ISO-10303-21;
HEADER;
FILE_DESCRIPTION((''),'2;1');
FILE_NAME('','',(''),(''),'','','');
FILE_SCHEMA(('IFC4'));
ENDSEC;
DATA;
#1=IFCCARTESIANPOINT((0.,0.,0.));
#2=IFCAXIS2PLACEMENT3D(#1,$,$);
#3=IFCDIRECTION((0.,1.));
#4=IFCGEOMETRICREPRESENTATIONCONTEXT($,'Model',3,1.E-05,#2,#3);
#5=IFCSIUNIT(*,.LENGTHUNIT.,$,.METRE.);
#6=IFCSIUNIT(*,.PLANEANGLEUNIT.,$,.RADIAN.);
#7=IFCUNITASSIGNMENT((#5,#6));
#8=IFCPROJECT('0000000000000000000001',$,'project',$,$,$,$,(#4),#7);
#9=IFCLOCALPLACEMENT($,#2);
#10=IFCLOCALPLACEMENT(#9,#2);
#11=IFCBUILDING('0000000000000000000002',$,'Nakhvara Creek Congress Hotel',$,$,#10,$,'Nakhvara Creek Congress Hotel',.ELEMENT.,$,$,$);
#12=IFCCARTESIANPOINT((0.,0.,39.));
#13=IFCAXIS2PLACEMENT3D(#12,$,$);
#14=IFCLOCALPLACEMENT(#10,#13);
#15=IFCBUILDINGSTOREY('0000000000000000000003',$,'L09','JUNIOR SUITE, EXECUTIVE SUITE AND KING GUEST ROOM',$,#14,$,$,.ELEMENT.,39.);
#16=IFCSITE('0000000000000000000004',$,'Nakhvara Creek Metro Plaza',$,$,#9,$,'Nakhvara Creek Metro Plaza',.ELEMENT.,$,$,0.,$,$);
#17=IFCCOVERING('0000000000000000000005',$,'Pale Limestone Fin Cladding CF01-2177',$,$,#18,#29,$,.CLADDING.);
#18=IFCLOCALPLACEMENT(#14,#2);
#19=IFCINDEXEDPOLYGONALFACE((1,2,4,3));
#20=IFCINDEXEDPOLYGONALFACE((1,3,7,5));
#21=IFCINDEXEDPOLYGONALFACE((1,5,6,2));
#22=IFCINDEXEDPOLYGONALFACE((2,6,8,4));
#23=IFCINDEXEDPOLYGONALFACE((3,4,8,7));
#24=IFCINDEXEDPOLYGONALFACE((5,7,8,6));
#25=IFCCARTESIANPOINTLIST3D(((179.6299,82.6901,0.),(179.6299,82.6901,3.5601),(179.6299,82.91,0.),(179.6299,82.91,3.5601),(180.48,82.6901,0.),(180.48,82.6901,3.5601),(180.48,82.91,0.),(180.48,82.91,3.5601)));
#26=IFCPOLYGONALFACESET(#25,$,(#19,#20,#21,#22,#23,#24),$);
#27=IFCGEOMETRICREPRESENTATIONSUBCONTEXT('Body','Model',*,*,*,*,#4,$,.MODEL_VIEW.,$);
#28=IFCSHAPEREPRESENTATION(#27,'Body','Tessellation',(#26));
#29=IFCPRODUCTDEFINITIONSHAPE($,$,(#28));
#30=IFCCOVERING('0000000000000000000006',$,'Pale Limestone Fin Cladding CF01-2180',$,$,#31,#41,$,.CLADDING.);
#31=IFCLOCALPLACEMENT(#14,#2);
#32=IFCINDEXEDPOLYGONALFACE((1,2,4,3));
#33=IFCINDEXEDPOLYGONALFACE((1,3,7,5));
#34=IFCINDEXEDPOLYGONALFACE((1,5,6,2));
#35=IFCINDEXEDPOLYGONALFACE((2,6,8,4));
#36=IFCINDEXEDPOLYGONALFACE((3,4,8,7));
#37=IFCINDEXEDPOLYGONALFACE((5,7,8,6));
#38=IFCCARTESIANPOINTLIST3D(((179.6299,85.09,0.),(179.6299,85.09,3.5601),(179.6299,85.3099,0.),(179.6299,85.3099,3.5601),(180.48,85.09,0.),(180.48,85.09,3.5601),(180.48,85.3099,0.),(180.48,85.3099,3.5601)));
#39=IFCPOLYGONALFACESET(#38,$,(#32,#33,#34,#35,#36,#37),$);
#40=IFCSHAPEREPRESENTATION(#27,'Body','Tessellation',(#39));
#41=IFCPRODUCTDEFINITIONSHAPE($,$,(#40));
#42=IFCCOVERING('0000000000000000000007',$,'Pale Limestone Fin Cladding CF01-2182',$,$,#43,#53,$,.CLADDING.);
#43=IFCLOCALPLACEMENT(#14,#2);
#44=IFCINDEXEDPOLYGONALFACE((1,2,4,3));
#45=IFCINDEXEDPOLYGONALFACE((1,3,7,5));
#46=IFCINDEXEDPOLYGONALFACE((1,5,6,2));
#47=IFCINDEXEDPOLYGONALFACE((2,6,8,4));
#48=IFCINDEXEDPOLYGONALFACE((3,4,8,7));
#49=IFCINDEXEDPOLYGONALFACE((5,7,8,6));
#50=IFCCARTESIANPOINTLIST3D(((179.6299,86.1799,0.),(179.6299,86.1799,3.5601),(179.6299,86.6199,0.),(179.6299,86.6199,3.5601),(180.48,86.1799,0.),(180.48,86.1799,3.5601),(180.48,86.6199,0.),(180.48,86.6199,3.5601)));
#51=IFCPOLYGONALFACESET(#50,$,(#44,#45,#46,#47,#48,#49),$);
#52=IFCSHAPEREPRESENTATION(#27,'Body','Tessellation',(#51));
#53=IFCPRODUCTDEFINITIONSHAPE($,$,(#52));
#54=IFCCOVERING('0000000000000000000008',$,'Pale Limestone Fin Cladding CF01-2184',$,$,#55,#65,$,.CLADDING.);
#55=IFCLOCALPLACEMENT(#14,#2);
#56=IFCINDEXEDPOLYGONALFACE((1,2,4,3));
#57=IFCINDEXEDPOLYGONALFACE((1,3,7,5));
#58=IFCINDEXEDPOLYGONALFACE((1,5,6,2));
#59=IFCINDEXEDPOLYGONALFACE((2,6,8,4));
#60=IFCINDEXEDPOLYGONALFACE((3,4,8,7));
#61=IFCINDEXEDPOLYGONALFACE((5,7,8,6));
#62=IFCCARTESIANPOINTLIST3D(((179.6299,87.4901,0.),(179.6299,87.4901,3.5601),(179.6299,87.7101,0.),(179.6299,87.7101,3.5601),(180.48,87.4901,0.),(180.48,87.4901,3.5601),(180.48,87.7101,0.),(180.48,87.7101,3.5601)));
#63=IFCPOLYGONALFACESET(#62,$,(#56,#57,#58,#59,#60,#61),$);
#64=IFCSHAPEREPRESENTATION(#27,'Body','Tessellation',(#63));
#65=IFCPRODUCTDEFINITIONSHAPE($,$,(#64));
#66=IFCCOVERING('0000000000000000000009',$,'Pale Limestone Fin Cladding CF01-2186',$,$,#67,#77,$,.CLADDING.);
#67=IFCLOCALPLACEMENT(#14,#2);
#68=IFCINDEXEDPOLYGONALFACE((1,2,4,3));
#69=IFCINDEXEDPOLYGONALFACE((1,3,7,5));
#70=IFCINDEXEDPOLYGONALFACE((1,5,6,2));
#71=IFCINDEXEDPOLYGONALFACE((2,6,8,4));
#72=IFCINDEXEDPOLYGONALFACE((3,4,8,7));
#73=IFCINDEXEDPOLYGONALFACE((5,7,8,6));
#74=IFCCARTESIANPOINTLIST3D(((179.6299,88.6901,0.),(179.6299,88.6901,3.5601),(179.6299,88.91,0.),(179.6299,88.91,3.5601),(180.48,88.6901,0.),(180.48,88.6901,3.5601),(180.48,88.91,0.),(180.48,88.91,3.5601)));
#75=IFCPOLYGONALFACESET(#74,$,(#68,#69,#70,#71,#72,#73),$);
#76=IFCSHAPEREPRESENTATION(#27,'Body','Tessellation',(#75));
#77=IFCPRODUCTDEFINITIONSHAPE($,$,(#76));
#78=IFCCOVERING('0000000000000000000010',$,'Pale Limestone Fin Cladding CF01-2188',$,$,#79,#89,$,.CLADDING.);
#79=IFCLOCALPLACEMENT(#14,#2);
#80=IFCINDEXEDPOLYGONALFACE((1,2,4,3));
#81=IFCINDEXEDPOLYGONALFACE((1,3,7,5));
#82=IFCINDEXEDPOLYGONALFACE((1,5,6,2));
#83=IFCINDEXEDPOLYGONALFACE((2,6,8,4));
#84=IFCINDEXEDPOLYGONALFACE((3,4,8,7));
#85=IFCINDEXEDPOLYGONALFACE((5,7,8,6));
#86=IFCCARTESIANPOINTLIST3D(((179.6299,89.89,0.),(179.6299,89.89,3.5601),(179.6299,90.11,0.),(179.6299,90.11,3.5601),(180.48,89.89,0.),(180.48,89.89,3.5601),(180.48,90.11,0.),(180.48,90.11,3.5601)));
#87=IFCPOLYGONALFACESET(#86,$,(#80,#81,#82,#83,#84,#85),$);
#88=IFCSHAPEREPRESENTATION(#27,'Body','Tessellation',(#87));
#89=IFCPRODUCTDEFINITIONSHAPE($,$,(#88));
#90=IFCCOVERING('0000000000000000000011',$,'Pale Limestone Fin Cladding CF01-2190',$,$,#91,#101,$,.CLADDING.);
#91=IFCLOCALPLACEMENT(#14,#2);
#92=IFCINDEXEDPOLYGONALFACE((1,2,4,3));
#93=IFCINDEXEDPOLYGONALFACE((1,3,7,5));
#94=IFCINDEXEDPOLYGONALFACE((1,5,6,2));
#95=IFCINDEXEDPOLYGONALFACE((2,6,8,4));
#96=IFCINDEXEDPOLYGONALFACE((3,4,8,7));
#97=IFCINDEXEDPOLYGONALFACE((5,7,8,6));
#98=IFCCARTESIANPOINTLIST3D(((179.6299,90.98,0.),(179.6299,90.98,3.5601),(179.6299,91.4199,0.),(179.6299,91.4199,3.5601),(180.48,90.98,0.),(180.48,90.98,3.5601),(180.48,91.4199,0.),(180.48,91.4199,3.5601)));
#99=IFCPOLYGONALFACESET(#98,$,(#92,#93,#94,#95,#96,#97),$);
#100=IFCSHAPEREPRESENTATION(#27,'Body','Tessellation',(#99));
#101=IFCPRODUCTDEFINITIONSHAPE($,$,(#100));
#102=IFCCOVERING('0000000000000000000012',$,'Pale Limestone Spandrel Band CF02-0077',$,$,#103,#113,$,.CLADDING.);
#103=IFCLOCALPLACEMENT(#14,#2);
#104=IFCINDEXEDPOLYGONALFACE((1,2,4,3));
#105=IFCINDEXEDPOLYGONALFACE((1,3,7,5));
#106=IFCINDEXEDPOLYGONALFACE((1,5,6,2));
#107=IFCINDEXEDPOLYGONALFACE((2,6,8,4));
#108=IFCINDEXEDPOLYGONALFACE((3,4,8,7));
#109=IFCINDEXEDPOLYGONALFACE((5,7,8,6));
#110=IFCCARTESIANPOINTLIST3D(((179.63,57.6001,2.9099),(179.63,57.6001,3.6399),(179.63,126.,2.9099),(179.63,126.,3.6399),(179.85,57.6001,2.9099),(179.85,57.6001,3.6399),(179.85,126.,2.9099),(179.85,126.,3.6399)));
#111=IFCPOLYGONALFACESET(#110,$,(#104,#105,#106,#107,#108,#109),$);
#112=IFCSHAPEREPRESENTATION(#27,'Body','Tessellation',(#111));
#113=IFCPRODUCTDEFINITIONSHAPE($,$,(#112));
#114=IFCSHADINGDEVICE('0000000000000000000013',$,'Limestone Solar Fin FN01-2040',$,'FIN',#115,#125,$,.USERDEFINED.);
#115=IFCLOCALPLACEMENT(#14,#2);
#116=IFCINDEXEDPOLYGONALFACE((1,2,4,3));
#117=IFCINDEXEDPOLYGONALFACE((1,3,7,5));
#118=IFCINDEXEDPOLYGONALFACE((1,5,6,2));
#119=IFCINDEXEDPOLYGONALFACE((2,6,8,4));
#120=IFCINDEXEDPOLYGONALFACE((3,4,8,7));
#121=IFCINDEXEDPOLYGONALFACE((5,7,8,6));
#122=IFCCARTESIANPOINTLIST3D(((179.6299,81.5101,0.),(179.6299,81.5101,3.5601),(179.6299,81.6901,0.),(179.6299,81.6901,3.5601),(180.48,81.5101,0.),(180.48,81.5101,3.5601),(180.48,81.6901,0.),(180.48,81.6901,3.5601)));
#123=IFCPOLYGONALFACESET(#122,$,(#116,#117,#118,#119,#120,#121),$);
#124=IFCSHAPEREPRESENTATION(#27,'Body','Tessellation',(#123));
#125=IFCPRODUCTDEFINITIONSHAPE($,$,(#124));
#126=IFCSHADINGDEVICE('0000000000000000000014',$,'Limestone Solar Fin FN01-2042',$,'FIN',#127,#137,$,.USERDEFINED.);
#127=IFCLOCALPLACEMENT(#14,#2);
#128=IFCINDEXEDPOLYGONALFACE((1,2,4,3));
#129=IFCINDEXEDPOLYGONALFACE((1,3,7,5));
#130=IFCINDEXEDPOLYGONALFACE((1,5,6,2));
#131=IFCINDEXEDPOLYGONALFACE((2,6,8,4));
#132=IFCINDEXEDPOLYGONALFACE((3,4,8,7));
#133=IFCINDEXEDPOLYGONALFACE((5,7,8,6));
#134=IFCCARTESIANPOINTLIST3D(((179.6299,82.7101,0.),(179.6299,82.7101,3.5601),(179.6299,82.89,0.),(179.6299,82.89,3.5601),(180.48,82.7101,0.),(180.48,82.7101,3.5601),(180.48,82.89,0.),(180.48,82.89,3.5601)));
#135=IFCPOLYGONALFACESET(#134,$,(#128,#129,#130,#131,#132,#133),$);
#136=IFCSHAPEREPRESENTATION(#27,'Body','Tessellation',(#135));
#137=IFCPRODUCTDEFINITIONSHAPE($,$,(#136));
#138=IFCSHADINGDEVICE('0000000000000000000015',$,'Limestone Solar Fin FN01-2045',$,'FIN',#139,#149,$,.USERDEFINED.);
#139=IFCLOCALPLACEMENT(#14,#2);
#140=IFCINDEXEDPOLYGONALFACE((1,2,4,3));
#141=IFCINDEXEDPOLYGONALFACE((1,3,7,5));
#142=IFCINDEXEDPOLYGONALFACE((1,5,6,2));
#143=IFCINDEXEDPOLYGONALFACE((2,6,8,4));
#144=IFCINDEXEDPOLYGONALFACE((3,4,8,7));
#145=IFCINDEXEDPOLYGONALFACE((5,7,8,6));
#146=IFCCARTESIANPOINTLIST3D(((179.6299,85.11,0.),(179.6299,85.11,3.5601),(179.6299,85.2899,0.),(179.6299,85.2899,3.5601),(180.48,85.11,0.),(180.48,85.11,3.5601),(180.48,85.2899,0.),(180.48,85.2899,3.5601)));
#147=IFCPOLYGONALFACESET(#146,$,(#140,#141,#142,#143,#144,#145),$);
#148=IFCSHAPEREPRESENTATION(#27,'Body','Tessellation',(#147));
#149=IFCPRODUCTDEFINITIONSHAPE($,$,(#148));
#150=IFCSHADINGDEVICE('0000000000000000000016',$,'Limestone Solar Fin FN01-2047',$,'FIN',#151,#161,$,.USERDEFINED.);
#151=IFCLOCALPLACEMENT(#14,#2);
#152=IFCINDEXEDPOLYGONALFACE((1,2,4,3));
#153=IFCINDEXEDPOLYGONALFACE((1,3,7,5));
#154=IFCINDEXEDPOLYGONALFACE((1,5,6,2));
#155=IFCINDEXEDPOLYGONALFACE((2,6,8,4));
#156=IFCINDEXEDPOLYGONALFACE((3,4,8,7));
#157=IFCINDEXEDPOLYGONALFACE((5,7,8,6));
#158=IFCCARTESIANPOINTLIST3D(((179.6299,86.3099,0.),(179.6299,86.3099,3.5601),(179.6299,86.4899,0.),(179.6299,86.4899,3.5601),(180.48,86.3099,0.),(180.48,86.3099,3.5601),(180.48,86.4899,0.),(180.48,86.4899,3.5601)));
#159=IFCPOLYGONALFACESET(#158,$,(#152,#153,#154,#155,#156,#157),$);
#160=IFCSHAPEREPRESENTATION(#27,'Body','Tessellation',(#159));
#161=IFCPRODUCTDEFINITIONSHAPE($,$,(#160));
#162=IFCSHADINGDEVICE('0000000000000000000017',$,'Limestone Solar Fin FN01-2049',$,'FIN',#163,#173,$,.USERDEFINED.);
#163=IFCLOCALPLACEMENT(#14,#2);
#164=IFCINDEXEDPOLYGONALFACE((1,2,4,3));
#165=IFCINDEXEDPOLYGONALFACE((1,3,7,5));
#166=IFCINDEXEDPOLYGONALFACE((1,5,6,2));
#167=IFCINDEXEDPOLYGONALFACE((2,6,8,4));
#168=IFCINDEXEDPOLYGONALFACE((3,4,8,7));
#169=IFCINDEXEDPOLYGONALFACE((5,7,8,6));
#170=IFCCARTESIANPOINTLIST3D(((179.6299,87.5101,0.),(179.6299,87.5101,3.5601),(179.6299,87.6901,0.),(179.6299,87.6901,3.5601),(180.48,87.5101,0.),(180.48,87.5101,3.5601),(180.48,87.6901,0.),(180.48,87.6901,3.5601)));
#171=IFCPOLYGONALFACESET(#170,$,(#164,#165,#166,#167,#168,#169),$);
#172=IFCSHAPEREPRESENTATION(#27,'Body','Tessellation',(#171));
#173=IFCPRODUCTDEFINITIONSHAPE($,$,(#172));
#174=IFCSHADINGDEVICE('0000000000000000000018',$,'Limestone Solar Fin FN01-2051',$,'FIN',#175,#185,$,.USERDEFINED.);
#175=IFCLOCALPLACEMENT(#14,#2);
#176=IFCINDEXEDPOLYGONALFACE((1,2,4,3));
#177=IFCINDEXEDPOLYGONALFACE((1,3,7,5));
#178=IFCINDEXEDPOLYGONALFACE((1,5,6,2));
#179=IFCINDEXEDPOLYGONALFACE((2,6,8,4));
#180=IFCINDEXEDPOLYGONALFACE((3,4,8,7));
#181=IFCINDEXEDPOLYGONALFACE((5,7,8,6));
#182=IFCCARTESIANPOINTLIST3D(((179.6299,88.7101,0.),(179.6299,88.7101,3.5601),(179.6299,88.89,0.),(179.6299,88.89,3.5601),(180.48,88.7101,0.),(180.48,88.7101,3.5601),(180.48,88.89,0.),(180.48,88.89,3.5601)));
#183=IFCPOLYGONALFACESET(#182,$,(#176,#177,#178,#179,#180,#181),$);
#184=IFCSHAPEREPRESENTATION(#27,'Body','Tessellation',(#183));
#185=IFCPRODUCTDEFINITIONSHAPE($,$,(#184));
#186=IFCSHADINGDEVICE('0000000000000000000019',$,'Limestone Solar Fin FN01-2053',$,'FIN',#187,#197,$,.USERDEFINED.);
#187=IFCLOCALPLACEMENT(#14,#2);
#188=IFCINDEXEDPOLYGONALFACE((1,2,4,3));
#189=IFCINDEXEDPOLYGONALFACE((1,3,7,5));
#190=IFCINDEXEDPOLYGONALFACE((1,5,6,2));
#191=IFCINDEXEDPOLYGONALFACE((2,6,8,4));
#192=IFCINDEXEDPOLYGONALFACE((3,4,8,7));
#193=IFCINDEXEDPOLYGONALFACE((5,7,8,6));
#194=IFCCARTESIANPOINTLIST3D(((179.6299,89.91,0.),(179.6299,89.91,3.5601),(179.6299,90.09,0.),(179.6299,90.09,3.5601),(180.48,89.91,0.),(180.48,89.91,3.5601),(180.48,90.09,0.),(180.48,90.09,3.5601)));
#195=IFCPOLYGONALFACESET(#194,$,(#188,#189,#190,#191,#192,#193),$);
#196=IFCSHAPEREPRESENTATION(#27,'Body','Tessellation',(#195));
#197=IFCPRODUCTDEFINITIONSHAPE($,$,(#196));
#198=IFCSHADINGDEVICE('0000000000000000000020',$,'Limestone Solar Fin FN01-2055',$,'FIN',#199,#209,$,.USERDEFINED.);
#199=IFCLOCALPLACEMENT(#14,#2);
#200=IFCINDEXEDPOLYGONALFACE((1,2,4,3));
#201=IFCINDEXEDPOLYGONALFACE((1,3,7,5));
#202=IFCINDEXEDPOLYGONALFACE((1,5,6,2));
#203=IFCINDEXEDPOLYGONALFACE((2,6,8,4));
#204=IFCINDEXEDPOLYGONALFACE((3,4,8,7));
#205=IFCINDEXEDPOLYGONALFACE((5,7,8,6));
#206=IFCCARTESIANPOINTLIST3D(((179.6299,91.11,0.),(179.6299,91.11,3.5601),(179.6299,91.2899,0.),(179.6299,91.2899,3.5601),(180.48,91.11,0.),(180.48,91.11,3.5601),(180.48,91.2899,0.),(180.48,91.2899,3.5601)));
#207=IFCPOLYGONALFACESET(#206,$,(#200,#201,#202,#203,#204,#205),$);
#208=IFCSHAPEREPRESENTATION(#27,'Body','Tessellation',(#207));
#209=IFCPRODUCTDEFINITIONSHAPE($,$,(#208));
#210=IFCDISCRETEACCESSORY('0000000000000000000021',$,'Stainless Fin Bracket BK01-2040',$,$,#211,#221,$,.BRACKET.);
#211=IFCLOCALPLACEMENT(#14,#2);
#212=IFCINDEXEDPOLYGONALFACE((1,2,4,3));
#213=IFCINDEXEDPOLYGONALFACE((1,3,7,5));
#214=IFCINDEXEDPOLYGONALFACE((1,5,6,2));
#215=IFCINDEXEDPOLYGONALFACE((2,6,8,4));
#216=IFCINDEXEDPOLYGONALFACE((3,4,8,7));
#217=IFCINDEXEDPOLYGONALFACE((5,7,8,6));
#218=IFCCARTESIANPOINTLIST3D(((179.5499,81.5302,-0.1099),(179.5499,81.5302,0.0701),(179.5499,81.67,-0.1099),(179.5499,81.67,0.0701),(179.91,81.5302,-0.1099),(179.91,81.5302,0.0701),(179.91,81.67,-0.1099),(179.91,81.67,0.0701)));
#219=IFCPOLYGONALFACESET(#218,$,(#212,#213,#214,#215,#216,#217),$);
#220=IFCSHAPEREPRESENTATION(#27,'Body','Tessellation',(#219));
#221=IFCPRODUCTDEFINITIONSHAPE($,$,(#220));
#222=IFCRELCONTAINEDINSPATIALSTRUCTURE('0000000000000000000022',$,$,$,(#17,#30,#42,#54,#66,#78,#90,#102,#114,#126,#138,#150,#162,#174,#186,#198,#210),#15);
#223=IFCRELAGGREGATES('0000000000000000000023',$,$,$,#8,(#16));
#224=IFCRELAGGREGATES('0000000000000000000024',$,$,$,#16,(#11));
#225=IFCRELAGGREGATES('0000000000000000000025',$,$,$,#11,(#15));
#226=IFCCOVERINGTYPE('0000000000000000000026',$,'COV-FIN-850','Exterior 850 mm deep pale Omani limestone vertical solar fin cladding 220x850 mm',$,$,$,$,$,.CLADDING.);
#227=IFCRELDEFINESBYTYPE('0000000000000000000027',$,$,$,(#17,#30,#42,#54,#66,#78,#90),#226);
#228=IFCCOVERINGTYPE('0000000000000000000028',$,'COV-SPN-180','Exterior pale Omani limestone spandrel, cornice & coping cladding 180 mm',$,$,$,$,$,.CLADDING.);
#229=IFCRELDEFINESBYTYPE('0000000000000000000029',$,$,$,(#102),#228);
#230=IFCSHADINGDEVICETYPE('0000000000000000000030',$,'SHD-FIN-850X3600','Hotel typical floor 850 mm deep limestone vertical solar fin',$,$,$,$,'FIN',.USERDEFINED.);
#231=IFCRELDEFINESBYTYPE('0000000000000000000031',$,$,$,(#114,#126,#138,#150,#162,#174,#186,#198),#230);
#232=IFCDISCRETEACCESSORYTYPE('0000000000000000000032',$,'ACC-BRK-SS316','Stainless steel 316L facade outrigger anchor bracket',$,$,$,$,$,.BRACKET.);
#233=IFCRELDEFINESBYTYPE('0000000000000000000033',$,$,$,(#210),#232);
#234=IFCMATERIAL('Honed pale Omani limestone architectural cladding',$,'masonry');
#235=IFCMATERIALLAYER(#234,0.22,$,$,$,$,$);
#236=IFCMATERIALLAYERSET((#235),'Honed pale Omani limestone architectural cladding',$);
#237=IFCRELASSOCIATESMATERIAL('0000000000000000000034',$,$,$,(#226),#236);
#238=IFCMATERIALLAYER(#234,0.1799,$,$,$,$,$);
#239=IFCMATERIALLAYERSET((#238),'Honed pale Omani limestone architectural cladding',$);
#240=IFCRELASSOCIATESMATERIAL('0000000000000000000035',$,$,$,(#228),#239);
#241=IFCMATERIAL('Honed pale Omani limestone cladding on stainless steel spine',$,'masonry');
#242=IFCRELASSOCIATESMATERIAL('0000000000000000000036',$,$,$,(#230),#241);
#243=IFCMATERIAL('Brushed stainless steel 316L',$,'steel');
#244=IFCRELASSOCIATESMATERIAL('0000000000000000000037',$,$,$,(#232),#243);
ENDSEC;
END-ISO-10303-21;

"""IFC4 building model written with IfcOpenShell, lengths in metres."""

from ifc_helpers import new_model, si_unit, direction, frame, origin, origin_2d, place, context, subcontext, project, spatial, rectangle, extrude, material, layer, layer_set, type_object, element, save


model = new_model("IFC4")

# Units and contexts
model_context = context("Model", 3, precision=1e-05, world=origin(), true_north=direction((0.0, 1.0)))
body_context = subcontext(model_context, "Body", "Model", "MODEL_VIEW")
ifc_project = project(units=[si_unit("LENGTHUNIT", "METRE"), si_unit("PLANEANGLEUNIT", "RADIAN")], contexts=[model_context])

# Site, building, storey
site_placement = place(None, origin())
site = spatial("IfcSite", under=ifc_project, at=site_placement, Name="Nakhvara Creek Metro Plaza", LongName="Nakhvara Creek Metro Plaza", CompositionType="ELEMENT", RefElevation=0.0)
building_placement = place(site_placement, origin())
building = spatial("IfcBuilding", under=site, at=building_placement, Name="Nakhvara Creek Congress Hotel", LongName="Nakhvara Creek Congress Hotel", CompositionType="ELEMENT")
storey_placement = place(building_placement, frame((0.0, 0.0, 39.0)))
storey = spatial("IfcBuildingStorey", under=building, at=storey_placement, Name="L09", Description="JUNIOR SUITE, EXECUTIVE SUITE AND KING GUEST ROOM", CompositionType="ELEMENT", Elevation=39.0)

# Coverings
ifc_material_1 = material(Name="Honed pale Omani limestone architectural cladding", Category="masonry")
ifc_layer_1 = layer(ifc_material_1, 0.22)
ifc_layer_set_1 = layer_set([ifc_layer_1], Name="Honed pale Omani limestone architectural cladding")
covering_type_1 = type_object("IfcCoveringType", Name="COV-FIN-850", Description="Exterior 850 mm deep pale Omani limestone vertical solar fin cladding 220x850 mm", PredefinedType="CLADDING", material=ifc_layer_set_1)
for number, where, z_axis, x_axis, name in (
    (1, (180.0549, 82.8, 0.0), (0.0, 0.0, 1.0), (0.0, 1.0, 0.0), "Pale Limestone Fin Cladding CF01-2177"),
    (2, (180.0549, 85.2, 0.0), (0.0, 0.0, 1.0), (0.0, 1.0, 0.0), "Pale Limestone Fin Cladding CF01-2180"),
):
    element("IfcCovering", number, at=place(storey_placement, frame(where, z_axis=z_axis, x_axis=x_axis)), inside=storey, type_object=covering_type_1, Name=name, PredefinedType="CLADDING", context=body_context, shape_type="SweptSolid", body=[
        extrude(rectangle(XDim=0.22, YDim=0.8501, at=origin_2d()), origin(), (0.0, 0.0, 1.0), 3.5601),
    ])
covering_1_placement = place(storey_placement, frame((180.0549, 86.3999, 0.0), z_axis=(0.0, 0.0, 1.0), x_axis=(0.0, 1.0, 0.0)))
element("IfcCovering", 3, at=covering_1_placement, inside=storey, type_object=covering_type_1, Name="Pale Limestone Fin Cladding CF01-2182", PredefinedType="CLADDING", context=body_context, shape_type="SweptSolid", body=[
    extrude(rectangle(XDim=0.4399, YDim=0.8501, at=origin_2d()), origin(), (0.0, 0.0, 1.0), 3.5601),
])
for number, where, z_axis, x_axis, name in (
    (4, (180.0549, 87.6001, 0.0), (0.0, 0.0, 1.0), (0.0, 1.0, 0.0), "Pale Limestone Fin Cladding CF01-2184"),
    (5, (180.0549, 88.8, 0.0), (0.0, 0.0, 1.0), (0.0, 1.0, 0.0), "Pale Limestone Fin Cladding CF01-2186"),
    (6, (180.0549, 90.0, 0.0), (0.0, 0.0, 1.0), (0.0, 1.0, 0.0), "Pale Limestone Fin Cladding CF01-2188"),
):
    element("IfcCovering", number, at=place(storey_placement, frame(where, z_axis=z_axis, x_axis=x_axis)), inside=storey, type_object=covering_type_1, Name=name, PredefinedType="CLADDING", context=body_context, shape_type="SweptSolid", body=[
        extrude(rectangle(XDim=0.22, YDim=0.8501, at=origin_2d()), origin(), (0.0, 0.0, 1.0), 3.5601),
    ])
covering_2_placement = place(storey_placement, frame((180.0549, 91.2, 0.0), z_axis=(0.0, 0.0, 1.0), x_axis=(0.0, 1.0, 0.0)))
element("IfcCovering", 7, at=covering_2_placement, inside=storey, type_object=covering_type_1, Name="Pale Limestone Fin Cladding CF01-2190", PredefinedType="CLADDING", context=body_context, shape_type="SweptSolid", body=[
    extrude(rectangle(XDim=0.4399, YDim=0.8501, at=origin_2d()), origin(), (0.0, 0.0, 1.0), 3.5601),
])
ifc_layer_2 = layer(ifc_material_1, 0.1799)
ifc_layer_set_2 = layer_set([ifc_layer_2], Name="Honed pale Omani limestone architectural cladding")
covering_type_2 = type_object("IfcCoveringType", Name="COV-SPN-180", Description="Exterior pale Omani limestone spandrel, cornice & coping cladding 180 mm", PredefinedType="CLADDING", material=ifc_layer_set_2)
covering_3_placement = place(storey_placement, frame((179.74, 91.8, 2.9099), z_axis=(0.0, 0.0, 1.0), x_axis=(0.0, 1.0, 0.0)))
element("IfcCovering", 8, at=covering_3_placement, inside=storey, type_object=covering_type_2, Name="Pale Limestone Spandrel Band CF02-0077", PredefinedType="CLADDING", context=body_context, shape_type="SweptSolid", body=[
    extrude(rectangle(XDim=68.3999, YDim=0.22, at=origin_2d()), origin(), (0.0, 0.0, 1.0), 0.73),
])

# Shading devices
ifc_material_2 = material(Name="Honed pale Omani limestone cladding on stainless steel spine", Category="masonry")
shading_device_type = type_object("IfcShadingDeviceType", Name="SHD-FIN-850X3600", Description="Hotel typical floor 850 mm deep limestone vertical solar fin", ElementType="FIN", PredefinedType="USERDEFINED", material=ifc_material_2)
for number, where, z_axis, x_axis, name in (
    (9, (180.0549, 81.6001, 0.0), (0.0, 0.0, 1.0), (0.0, 1.0, 0.0), "Limestone Solar Fin FN01-2040"),
    (10, (180.0549, 82.8, 0.0), (0.0, 0.0, 1.0), (0.0, 1.0, 0.0), "Limestone Solar Fin FN01-2042"),
    (11, (180.0549, 85.2, 0.0), (0.0, 0.0, 1.0), (0.0, 1.0, 0.0), "Limestone Solar Fin FN01-2045"),
    (12, (180.0549, 86.3999, 0.0), (0.0, 0.0, 1.0), (0.0, 1.0, 0.0), "Limestone Solar Fin FN01-2047"),
    (13, (180.0549, 87.6001, 0.0), (0.0, 0.0, 1.0), (0.0, 1.0, 0.0), "Limestone Solar Fin FN01-2049"),
    (14, (180.0549, 88.8, 0.0), (0.0, 0.0, 1.0), (0.0, 1.0, 0.0), "Limestone Solar Fin FN01-2051"),
    (15, (180.0549, 90.0, 0.0), (0.0, 0.0, 1.0), (0.0, 1.0, 0.0), "Limestone Solar Fin FN01-2053"),
    (16, (180.0549, 91.2, 0.0), (0.0, 0.0, 1.0), (0.0, 1.0, 0.0), "Limestone Solar Fin FN01-2055"),
):
    element("IfcShadingDevice", number, at=place(storey_placement, frame(where, z_axis=z_axis, x_axis=x_axis)), inside=storey, type_object=shading_device_type, Name=name, ObjectType="FIN", PredefinedType="USERDEFINED", context=body_context, shape_type="SweptSolid", body=[
        extrude(rectangle(XDim=0.1799, YDim=0.8501, at=origin_2d()), origin(), (0.0, 0.0, 1.0), 3.5601),
    ])

# Discrete accessory
ifc_material_3 = material(Name="Brushed stainless steel 316L", Category="steel")
discrete_accessory_type = type_object("IfcDiscreteAccessoryType", Name="ACC-BRK-SS316", Description="Stainless steel 316L facade outrigger anchor bracket", PredefinedType="BRACKET", material=ifc_material_3)
for number, where, z_axis, x_axis, name in (
    (17, (179.73, 81.6001, -0.1099), (0.0, 0.0, 1.0), (0.0, 1.0, 0.0), "Stainless Fin Bracket BK01-2040"),
):
    element("IfcDiscreteAccessory", number, at=place(storey_placement, frame(where, z_axis=z_axis, x_axis=x_axis)), inside=storey, type_object=discrete_accessory_type, Name=name, PredefinedType="BRACKET", context=body_context, shape_type="SweptSolid", body=[
        extrude(rectangle(XDim=0.1399, YDim=0.3601, at=origin_2d()), origin(), (0.0, 0.0, 1.0), 0.1799),
    ])

save(model, "model.ifc")
